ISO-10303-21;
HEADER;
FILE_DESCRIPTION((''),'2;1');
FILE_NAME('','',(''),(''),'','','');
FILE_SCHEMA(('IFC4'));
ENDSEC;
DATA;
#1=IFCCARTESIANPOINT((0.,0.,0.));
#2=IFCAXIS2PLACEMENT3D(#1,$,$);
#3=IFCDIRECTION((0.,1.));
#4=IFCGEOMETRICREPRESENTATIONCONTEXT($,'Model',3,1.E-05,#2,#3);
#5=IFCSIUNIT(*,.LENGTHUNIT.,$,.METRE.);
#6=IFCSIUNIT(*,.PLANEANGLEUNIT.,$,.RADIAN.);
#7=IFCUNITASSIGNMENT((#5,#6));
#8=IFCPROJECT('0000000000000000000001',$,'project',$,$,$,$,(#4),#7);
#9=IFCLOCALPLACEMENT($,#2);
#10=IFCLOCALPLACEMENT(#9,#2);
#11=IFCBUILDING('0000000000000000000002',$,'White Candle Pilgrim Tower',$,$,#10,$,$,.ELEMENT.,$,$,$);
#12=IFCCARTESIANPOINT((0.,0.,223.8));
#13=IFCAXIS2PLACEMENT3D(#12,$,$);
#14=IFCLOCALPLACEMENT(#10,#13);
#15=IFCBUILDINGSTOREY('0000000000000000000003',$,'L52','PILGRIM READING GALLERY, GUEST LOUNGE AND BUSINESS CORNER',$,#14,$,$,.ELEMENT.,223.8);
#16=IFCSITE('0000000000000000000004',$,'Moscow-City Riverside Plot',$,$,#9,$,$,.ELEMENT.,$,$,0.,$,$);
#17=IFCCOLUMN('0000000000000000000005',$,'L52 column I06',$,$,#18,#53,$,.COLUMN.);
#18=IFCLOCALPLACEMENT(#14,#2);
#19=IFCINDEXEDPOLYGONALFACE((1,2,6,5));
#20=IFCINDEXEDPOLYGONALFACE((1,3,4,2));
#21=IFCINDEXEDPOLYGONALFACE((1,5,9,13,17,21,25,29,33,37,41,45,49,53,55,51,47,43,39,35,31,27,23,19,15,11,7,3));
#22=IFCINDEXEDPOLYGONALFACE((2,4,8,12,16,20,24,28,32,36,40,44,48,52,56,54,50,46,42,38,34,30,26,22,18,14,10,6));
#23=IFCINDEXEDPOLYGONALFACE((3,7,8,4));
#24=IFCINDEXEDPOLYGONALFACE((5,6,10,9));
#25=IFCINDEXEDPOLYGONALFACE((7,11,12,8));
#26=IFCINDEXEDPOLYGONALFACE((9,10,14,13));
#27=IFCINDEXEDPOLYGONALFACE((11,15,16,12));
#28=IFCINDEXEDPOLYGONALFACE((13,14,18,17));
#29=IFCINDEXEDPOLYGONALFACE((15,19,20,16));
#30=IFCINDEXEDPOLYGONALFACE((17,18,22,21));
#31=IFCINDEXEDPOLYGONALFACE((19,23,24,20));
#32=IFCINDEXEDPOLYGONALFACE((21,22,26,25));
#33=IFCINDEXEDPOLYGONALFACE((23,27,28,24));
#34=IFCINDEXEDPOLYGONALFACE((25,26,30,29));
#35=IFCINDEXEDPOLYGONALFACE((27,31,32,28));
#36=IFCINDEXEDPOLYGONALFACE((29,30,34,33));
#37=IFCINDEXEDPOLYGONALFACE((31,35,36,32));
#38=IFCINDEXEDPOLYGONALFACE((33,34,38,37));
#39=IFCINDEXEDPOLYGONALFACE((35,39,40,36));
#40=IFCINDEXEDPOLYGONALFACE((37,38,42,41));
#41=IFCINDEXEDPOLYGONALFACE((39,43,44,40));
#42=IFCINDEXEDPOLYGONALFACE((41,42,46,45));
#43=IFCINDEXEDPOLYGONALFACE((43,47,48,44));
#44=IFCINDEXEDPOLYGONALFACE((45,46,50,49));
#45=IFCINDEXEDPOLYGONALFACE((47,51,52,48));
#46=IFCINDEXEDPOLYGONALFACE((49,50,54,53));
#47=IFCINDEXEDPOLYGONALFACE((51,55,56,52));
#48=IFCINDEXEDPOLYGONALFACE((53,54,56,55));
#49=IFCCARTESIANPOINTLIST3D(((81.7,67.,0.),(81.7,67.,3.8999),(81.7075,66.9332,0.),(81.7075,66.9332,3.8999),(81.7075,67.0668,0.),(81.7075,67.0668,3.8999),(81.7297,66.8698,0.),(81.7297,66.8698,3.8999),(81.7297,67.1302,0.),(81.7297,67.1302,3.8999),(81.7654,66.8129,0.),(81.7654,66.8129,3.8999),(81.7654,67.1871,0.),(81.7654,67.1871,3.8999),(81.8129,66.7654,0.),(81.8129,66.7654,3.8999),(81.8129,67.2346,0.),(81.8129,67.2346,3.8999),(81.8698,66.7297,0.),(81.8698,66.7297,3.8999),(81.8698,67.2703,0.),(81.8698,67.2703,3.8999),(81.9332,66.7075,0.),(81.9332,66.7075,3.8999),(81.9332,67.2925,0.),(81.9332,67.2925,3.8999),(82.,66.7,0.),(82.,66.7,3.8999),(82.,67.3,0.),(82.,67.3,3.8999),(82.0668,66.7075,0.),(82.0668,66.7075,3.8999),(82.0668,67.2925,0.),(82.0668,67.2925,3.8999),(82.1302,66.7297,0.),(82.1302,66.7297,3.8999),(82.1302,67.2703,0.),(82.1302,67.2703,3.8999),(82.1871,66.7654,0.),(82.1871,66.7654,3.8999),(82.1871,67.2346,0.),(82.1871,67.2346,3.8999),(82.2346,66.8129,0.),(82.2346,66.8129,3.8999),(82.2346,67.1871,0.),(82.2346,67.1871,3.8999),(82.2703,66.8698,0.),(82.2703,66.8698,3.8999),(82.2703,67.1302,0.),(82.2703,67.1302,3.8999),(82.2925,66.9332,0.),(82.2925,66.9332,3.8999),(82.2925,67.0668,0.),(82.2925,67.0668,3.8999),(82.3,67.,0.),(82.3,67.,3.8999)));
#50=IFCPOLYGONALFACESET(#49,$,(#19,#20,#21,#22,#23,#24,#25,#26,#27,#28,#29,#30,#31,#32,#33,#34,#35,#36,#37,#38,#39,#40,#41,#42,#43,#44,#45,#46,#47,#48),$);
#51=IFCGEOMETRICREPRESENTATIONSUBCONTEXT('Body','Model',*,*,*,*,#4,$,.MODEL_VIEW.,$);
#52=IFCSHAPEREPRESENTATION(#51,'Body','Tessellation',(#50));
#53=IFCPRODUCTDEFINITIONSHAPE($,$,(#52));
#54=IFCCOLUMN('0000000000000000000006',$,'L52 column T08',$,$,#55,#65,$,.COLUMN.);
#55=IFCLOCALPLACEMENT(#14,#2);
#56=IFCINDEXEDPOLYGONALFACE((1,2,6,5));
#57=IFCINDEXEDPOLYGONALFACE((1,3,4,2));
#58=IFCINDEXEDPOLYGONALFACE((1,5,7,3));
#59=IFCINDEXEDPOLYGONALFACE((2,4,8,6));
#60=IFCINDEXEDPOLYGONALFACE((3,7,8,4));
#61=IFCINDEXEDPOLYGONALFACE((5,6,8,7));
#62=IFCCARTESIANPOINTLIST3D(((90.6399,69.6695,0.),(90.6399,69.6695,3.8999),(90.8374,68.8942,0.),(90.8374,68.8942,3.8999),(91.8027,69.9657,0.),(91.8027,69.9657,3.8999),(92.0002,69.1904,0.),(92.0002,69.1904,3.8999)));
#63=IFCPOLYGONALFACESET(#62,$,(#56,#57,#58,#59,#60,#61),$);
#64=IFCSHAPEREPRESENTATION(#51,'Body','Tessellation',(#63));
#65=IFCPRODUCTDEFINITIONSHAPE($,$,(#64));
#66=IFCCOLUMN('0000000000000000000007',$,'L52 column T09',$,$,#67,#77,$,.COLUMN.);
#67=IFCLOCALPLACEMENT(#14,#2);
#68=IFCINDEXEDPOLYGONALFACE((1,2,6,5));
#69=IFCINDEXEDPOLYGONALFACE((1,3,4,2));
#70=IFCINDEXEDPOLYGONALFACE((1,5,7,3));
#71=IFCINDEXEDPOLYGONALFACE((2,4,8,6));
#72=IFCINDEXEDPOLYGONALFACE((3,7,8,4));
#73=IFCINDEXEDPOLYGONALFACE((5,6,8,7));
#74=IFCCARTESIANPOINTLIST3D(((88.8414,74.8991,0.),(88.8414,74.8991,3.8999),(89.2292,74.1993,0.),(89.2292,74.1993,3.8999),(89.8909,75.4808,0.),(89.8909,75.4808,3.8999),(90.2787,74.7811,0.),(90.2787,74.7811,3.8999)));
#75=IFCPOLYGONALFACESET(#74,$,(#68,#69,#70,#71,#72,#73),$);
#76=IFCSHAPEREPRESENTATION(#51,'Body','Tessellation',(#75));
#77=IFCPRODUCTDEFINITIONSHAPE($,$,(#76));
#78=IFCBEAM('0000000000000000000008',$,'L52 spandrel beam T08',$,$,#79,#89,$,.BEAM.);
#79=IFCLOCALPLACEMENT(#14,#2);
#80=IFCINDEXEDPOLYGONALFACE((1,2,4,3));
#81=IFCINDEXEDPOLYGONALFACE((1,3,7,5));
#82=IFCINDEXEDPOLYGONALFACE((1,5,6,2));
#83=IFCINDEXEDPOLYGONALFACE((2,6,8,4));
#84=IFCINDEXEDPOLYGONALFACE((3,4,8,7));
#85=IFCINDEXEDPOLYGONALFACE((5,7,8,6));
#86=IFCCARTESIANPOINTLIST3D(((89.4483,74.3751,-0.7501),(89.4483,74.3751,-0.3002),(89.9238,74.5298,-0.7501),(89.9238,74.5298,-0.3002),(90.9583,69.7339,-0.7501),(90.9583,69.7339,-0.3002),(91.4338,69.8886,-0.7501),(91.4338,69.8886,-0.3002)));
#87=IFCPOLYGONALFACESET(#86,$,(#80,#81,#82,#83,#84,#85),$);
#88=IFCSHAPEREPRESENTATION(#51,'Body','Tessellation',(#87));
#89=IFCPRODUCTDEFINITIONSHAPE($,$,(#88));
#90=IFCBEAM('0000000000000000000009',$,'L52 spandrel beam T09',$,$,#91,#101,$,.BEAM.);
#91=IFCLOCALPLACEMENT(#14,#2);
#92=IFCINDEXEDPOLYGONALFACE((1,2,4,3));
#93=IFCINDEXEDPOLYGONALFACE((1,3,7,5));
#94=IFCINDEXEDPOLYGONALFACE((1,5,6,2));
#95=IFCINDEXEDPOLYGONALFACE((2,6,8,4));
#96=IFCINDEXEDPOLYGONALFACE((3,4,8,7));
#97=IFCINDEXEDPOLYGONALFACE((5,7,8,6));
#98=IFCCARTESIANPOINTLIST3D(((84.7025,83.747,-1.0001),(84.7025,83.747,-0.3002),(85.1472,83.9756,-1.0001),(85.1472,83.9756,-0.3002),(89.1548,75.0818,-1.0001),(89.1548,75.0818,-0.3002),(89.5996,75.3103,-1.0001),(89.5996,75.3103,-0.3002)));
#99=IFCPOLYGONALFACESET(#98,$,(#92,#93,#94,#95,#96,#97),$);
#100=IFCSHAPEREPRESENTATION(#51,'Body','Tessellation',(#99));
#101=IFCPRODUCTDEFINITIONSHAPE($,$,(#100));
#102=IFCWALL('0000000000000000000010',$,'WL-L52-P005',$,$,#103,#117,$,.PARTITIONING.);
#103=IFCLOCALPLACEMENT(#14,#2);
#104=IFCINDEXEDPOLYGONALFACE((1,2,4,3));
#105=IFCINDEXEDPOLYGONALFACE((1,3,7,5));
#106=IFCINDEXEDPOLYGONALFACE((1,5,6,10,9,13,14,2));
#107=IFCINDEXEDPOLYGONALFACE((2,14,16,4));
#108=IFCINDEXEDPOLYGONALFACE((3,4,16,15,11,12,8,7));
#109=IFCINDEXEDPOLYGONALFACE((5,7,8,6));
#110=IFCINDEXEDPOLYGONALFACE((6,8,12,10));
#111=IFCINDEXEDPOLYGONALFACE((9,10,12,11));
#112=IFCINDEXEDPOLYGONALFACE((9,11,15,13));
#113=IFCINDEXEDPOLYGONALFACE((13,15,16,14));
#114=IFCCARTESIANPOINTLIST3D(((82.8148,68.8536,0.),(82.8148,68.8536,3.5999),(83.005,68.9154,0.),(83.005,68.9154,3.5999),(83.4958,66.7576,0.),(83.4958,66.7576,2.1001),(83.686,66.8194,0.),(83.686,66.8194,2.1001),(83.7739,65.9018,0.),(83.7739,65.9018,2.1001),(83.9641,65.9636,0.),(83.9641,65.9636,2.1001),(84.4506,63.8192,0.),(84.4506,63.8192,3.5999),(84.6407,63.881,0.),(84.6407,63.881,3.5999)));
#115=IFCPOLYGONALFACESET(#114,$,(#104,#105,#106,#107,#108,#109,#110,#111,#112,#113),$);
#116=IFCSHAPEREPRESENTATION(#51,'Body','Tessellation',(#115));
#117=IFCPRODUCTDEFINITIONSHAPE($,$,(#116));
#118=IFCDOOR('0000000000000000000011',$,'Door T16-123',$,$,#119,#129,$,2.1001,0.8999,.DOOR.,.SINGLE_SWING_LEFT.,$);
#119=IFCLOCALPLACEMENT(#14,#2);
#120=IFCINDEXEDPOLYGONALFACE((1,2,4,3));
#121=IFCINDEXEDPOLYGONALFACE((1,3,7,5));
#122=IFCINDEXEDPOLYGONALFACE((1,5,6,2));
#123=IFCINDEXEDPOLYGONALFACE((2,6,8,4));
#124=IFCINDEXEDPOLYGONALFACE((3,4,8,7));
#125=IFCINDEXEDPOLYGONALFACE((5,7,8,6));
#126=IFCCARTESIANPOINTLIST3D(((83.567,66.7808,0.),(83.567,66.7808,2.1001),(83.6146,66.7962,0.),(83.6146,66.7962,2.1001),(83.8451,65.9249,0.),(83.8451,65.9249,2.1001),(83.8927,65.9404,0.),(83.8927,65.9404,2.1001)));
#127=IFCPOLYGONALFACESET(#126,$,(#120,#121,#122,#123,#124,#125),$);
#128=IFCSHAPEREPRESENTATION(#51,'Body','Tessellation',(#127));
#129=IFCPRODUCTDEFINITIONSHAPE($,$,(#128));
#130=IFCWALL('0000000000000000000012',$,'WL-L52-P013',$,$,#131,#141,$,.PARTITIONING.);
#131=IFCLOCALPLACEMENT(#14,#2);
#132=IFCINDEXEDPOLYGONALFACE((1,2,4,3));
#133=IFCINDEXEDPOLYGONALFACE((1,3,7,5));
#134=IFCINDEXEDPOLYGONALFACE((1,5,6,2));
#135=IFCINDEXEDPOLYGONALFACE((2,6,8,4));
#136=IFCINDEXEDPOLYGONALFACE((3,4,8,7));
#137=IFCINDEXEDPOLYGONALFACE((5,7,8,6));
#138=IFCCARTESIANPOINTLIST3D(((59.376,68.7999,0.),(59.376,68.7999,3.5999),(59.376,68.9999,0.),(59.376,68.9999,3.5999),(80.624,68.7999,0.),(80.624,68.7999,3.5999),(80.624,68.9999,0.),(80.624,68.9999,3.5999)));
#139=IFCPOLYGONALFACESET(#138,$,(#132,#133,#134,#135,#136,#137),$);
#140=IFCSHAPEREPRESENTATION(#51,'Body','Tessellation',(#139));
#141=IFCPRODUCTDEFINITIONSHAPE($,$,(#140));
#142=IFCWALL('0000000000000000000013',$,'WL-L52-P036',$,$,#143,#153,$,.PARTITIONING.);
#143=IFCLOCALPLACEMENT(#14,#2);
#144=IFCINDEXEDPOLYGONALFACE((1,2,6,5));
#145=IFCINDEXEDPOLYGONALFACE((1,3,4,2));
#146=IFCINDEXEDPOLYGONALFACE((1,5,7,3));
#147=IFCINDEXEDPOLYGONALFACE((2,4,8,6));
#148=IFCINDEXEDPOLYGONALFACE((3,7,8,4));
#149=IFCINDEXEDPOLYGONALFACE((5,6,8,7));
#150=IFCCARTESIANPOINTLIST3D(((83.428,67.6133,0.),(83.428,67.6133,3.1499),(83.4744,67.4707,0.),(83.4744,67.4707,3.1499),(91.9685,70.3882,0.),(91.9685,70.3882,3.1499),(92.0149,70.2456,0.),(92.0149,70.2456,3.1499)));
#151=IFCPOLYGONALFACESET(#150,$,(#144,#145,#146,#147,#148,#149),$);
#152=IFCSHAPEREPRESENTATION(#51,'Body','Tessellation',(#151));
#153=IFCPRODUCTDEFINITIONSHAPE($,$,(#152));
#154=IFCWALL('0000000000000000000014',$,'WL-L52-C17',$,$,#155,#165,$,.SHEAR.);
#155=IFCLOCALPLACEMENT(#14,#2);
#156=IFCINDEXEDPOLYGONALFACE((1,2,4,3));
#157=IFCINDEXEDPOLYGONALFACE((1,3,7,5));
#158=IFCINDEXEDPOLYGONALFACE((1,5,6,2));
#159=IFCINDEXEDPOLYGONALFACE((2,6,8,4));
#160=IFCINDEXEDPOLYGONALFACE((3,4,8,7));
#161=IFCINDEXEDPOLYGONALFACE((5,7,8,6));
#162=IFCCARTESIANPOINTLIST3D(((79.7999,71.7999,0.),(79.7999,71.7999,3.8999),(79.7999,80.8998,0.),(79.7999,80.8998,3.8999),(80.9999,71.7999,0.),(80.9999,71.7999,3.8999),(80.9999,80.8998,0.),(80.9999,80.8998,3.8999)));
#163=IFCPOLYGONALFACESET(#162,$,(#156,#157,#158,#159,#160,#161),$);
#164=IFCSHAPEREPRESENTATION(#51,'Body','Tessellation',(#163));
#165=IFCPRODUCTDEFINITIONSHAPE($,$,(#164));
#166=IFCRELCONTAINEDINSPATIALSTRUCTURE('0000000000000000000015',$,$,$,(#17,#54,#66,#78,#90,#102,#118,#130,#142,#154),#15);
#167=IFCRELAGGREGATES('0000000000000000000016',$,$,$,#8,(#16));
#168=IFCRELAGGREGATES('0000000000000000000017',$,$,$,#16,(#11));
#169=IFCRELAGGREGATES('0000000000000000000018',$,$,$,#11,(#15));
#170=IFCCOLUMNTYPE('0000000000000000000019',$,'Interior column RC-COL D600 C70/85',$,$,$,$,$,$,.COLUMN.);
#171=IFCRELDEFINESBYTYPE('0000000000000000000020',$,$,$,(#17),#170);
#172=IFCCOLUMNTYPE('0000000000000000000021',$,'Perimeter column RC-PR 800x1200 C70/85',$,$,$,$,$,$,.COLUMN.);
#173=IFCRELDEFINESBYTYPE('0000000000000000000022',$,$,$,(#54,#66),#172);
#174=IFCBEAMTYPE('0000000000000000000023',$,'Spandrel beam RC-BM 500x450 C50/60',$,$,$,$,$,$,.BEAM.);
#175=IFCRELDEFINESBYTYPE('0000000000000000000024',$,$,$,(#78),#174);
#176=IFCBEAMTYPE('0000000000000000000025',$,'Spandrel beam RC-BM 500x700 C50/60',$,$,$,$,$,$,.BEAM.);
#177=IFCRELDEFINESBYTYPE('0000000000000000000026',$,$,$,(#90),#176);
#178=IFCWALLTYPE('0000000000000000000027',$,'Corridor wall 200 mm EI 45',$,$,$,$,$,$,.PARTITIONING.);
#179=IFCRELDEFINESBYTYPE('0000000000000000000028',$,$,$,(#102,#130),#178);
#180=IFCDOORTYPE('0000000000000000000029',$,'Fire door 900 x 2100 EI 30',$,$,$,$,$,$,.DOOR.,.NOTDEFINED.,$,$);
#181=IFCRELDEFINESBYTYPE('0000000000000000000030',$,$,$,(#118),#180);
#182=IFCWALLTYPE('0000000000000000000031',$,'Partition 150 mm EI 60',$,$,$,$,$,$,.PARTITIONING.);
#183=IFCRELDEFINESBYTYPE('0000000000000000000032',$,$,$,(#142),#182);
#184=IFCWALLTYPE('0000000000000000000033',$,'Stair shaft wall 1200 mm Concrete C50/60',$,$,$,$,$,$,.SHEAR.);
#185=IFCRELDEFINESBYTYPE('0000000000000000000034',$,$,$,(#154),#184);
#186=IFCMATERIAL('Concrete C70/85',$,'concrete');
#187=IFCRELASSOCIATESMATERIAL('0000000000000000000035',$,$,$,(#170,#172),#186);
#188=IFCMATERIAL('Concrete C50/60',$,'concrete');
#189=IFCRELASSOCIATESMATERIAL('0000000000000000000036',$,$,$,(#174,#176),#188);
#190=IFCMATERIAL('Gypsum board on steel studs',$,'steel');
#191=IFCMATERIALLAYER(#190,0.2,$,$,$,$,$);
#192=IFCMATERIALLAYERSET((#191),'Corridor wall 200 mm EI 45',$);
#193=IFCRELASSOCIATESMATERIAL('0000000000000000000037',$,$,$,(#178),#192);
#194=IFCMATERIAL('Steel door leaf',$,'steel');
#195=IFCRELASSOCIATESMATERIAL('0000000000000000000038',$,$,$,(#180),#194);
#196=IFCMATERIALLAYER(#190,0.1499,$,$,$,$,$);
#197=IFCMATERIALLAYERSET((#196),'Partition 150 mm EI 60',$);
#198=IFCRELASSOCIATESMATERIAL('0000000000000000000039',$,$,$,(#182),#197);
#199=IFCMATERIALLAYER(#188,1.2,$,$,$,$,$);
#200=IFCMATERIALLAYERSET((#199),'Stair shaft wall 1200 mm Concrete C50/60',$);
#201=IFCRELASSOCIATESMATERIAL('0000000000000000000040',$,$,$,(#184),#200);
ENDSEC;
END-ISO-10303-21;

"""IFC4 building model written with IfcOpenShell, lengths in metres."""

from ifc_helpers import new_model, si_unit, direction, frame, frame_2d, origin, origin_2d, place, context, subcontext, project, spatial, rectangle, circle, extrude, material, layer, layer_set, material_profile, profile_set, type_object, element, fill, save


model = new_model("IFC4")

# Units and contexts
model_context = context("Model", 3, precision=1e-05, world=origin(), true_north=direction((0.0, 1.0)))
body_context = subcontext(model_context, "Body", "Model", "MODEL_VIEW")
ifc_project = project(units=[si_unit("LENGTHUNIT", "METRE"), si_unit("PLANEANGLEUNIT", "RADIAN")], contexts=[model_context])

# Site, building, storey
site_placement = place(None, origin())
site = spatial("IfcSite", under=ifc_project, at=site_placement, Name="Moscow-City Riverside Plot", CompositionType="ELEMENT", RefElevation=0.0)
building_placement = place(site_placement, origin())
building = spatial("IfcBuilding", under=site, at=building_placement, Name="White Candle Pilgrim Tower", CompositionType="ELEMENT")
storey_placement = place(building_placement, frame((0.0, 0.0, 223.8)))
storey = spatial("IfcBuildingStorey", under=building, at=storey_placement, Name="L52", Description="PILGRIM READING GALLERY, GUEST LOUNGE AND BUSINESS CORNER", CompositionType="ELEMENT", Elevation=223.8)

# Columns
ifc_material_1 = material(Name="Concrete C70/85", Category="concrete")
ifc_material_profile_1 = material_profile(ifc_material_1, circle(Radius=0.3, at=origin_2d()), Name="RC-COL D600")
ifc_profile_set_1 = profile_set([ifc_material_profile_1], Name="Concrete C70/85")
column_type_1 = type_object("IfcColumnType", Name="Interior column RC-COL D600 C70/85", PredefinedType="COLUMN", material=ifc_profile_set_1)
column_placement = place(storey_placement, frame((82.0, 67.0, 0.0), z_axis=(0.0, 0.0, 1.0), x_axis=(1.0, 0.0, 0.0)))
element("IfcColumn", 1, at=column_placement, inside=storey, type_object=column_type_1, Name="L52 column I06", PredefinedType="COLUMN", context=body_context, shape_type="SweptSolid", body=[
    extrude(circle(Radius=0.3, at=origin_2d()), origin(), (0.0, 0.0, 1.0), 3.8999),
])
ifc_material_profile_2 = material_profile(ifc_material_1, rectangle(XDim=0.8, YDim=1.2, at=origin_2d()), Name="RC-PR 800x1200")
ifc_profile_set_2 = profile_set([ifc_material_profile_2], Name="Concrete C70/85")
column_type_2 = type_object("IfcColumnType", Name="Perimeter column RC-PR 800x1200 C70/85", PredefinedType="COLUMN", material=ifc_profile_set_2)
for number, where, z_axis, x_axis, name in (
    (2, (91.3201, 69.4299, 0.0), (0.0, 0.0, 1.0), (0.246881, -0.969046, 0.0), "L52 column T08"),
    (3, (89.5601, 74.8401, 0.0), (0.0, 0.0, 1.0), (0.48481, -0.87462, 0.0), "L52 column T09"),
):
    element("IfcColumn", number, at=place(storey_placement, frame(where, z_axis=z_axis, x_axis=x_axis)), inside=storey, type_object=column_type_2, Name=name, PredefinedType="COLUMN", context=body_context, shape_type="SweptSolid", body=[
        extrude(rectangle(XDim=0.8, YDim=1.2, at=origin_2d()), origin(), (0.0, 0.0, 1.0), 3.8999),
    ])

# Beams
ifc_material_2 = material(Name="Concrete C50/60", Category="concrete")
ifc_material_profile_3 = material_profile(ifc_material_2, rectangle(XDim=0.5, YDim=0.45, at=origin_2d()), Name="RC-BM 500x450")
ifc_profile_set_3 = profile_set([ifc_material_profile_3], Name="Concrete C50/60")
beam_type_1 = type_object("IfcBeamType", Name="Spandrel beam RC-BM 500x450 C50/60", PredefinedType="BEAM", material=ifc_profile_set_3)
beam_1_placement = place(storey_placement, frame((91.196, 69.8113, -0.5251), z_axis=(-0.309391, 0.950935, 0.0), x_axis=(-0.950935, -0.309391, 0.0)))
element("IfcBeam", 4, at=beam_1_placement, inside=storey, type_object=beam_type_1, Name="L52 spandrel beam T08", PredefinedType="BEAM", context=body_context, shape_type="SweptSolid", body=[
    extrude(rectangle(XDim=0.5, YDim=0.45, at=origin_2d()), origin(), (0.0, 0.0, 1.0), 4.8806),
])
ifc_material_profile_4 = material_profile(ifc_material_2, rectangle(XDim=0.5, YDim=0.7, at=origin_2d()), Name="RC-BM 500x700")
ifc_profile_set_4 = profile_set([ifc_material_profile_4], Name="Concrete C50/60")
beam_type_2 = type_object("IfcBeamType", Name="Spandrel beam RC-BM 500x700 C50/60", PredefinedType="BEAM", material=ifc_profile_set_4)
beam_2_placement = place(storey_placement, frame((89.3772, 75.196, -0.6501), z_axis=(-0.45702, 0.889456, 0.0), x_axis=(-0.889456, -0.45702, 0.0)))
element("IfcBeam", 5, at=beam_2_placement, inside=storey, type_object=beam_type_2, Name="L52 spandrel beam T09", PredefinedType="BEAM", context=body_context, shape_type="SweptSolid", body=[
    extrude(rectangle(XDim=0.5, YDim=0.7, at=origin_2d()), origin(), (0.0, 0.0, 1.0), 9.7422),
])

# Wall, opening, door
ifc_material_3 = material(Name="Gypsum board on steel studs", Category="steel")
ifc_layer_1 = layer(ifc_material_3, 0.2)
ifc_layer_set_1 = layer_set([ifc_layer_1], Name="Corridor wall 200 mm EI 45")
wall_type_1 = type_object("IfcWallType", Name="Corridor wall 200 mm EI 45", PredefinedType="PARTITIONING", material=ifc_layer_set_1)
wall_1_placement = place(storey_placement, frame((82.9099, 68.8845, 0.0), z_axis=(0.0, 0.0, 1.0), x_axis=(0.30901, -0.951059, 0.0)))
wall_1 = element("IfcWall", 6, at=wall_1_placement, inside=storey, type_object=wall_type_1, Name="WL-L52-P005", PredefinedType="PARTITIONING", context=body_context, shape_type="SweptSolid", body=[
    extrude(rectangle(XDim=5.2935, YDim=0.2, at=frame_2d((2.6467, 0.0))), origin(), (0.0, 0.0, 1.0), 3.5999),
])
opening_placement = place(wall_1_placement, frame((2.2039, 0.0, 0.0)))
opening = element("IfcOpeningElement", 7, at=opening_placement, cuts=wall_1, PredefinedType="OPENING", context=body_context, shape_type="SweptSolid", body=[
    extrude(rectangle(XDim=0.8999, YDim=2.1001, at=frame_2d((0.45, 1.05))), frame((0.0, 0.1099, 0.0), z_axis=(0.0, -1.0, 0.0), x_axis=(1.0, 0.0, 0.0)), (0.0, 0.0, 1.0), 0.22),
])
ifc_material_4 = material(Name="Steel door leaf", Category="steel")
door_type = type_object("IfcDoorType", Name="Fire door 900 x 2100 EI 30", OperationType="NOTDEFINED", PredefinedType="DOOR", material=ifc_material_4)
door_placement = place(opening_placement, origin())
door = element("IfcDoor", 8, at=door_placement, inside=storey, type_object=door_type, Name="Door T16-123", OperationType="SINGLE_SWING_LEFT", OverallHeight=2.1001, OverallWidth=0.8999, PredefinedType="DOOR", context=body_context, shape_type="SweptSolid", body=[
    extrude(rectangle(XDim=0.8999, YDim=2.1001, at=frame_2d((0.45, 1.05))), frame((0.0, 0.0249, 0.0), z_axis=(0.0, -1.0, 0.0), x_axis=(1.0, 0.0, 0.0)), (0.0, 0.0, 1.0), 0.05),
])
fill(opening, door)

# Walls
wall_2_placement = place(storey_placement, frame((80.624, 68.8999, 0.0), z_axis=(0.0, 0.0, 1.0), x_axis=(-1.0, 0.0, 0.0)))
element("IfcWall", 9, at=wall_2_placement, inside=storey, type_object=wall_type_1, Name="WL-L52-P013", PredefinedType="PARTITIONING", context=body_context, shape_type="SweptSolid", body=[
    extrude(rectangle(XDim=21.248, YDim=0.2, at=frame_2d((10.624, 0.0))), origin(), (0.0, 0.0, 1.0), 3.5999),
])
ifc_layer_2 = layer(ifc_material_3, 0.1499)
ifc_layer_set_2 = layer_set([ifc_layer_2], Name="Partition 150 mm EI 60")
wall_type_2 = type_object("IfcWallType", Name="Partition 150 mm EI 60", PredefinedType="PARTITIONING", material=ifc_layer_set_2)
wall_3_placement = place(storey_placement, frame((91.9917, 70.3169, 0.0), z_axis=(0.0, 0.0, 1.0), x_axis=(-0.951059, -0.309009, 0.0)))
element("IfcWall", 10, at=wall_3_placement, inside=storey, type_object=wall_type_2, Name="WL-L52-P036", PredefinedType="PARTITIONING", context=body_context, shape_type="SweptSolid", body=[
    extrude(rectangle(XDim=8.98, YDim=0.1499, at=frame_2d((4.49, 0.0))), origin(), (0.0, 0.0, 1.0), 3.1499),
])
ifc_layer_3 = layer(ifc_material_2, 1.2)
ifc_layer_set_3 = layer_set([ifc_layer_3], Name="Stair shaft wall 1200 mm Concrete C50/60")
wall_type_3 = type_object("IfcWallType", Name="Stair shaft wall 1200 mm Concrete C50/60", PredefinedType="SHEAR", material=ifc_layer_set_3)
wall_4_placement = place(storey_placement, frame((80.3999, 71.8, 0.0), z_axis=(0.0, 0.0, 1.0), x_axis=(0.0, 1.0, 0.0)))
element("IfcWall", 11, at=wall_4_placement, inside=storey, type_object=wall_type_3, Name="WL-L52-C17", PredefinedType="SHEAR", context=body_context, shape_type="SweptSolid", body=[
    extrude(rectangle(XDim=9.0999, YDim=1.2, at=frame_2d((4.5498, 0.0))), origin(), (0.0, 0.0, 1.0), 3.8999),
])

save(model, "model.ifc")
